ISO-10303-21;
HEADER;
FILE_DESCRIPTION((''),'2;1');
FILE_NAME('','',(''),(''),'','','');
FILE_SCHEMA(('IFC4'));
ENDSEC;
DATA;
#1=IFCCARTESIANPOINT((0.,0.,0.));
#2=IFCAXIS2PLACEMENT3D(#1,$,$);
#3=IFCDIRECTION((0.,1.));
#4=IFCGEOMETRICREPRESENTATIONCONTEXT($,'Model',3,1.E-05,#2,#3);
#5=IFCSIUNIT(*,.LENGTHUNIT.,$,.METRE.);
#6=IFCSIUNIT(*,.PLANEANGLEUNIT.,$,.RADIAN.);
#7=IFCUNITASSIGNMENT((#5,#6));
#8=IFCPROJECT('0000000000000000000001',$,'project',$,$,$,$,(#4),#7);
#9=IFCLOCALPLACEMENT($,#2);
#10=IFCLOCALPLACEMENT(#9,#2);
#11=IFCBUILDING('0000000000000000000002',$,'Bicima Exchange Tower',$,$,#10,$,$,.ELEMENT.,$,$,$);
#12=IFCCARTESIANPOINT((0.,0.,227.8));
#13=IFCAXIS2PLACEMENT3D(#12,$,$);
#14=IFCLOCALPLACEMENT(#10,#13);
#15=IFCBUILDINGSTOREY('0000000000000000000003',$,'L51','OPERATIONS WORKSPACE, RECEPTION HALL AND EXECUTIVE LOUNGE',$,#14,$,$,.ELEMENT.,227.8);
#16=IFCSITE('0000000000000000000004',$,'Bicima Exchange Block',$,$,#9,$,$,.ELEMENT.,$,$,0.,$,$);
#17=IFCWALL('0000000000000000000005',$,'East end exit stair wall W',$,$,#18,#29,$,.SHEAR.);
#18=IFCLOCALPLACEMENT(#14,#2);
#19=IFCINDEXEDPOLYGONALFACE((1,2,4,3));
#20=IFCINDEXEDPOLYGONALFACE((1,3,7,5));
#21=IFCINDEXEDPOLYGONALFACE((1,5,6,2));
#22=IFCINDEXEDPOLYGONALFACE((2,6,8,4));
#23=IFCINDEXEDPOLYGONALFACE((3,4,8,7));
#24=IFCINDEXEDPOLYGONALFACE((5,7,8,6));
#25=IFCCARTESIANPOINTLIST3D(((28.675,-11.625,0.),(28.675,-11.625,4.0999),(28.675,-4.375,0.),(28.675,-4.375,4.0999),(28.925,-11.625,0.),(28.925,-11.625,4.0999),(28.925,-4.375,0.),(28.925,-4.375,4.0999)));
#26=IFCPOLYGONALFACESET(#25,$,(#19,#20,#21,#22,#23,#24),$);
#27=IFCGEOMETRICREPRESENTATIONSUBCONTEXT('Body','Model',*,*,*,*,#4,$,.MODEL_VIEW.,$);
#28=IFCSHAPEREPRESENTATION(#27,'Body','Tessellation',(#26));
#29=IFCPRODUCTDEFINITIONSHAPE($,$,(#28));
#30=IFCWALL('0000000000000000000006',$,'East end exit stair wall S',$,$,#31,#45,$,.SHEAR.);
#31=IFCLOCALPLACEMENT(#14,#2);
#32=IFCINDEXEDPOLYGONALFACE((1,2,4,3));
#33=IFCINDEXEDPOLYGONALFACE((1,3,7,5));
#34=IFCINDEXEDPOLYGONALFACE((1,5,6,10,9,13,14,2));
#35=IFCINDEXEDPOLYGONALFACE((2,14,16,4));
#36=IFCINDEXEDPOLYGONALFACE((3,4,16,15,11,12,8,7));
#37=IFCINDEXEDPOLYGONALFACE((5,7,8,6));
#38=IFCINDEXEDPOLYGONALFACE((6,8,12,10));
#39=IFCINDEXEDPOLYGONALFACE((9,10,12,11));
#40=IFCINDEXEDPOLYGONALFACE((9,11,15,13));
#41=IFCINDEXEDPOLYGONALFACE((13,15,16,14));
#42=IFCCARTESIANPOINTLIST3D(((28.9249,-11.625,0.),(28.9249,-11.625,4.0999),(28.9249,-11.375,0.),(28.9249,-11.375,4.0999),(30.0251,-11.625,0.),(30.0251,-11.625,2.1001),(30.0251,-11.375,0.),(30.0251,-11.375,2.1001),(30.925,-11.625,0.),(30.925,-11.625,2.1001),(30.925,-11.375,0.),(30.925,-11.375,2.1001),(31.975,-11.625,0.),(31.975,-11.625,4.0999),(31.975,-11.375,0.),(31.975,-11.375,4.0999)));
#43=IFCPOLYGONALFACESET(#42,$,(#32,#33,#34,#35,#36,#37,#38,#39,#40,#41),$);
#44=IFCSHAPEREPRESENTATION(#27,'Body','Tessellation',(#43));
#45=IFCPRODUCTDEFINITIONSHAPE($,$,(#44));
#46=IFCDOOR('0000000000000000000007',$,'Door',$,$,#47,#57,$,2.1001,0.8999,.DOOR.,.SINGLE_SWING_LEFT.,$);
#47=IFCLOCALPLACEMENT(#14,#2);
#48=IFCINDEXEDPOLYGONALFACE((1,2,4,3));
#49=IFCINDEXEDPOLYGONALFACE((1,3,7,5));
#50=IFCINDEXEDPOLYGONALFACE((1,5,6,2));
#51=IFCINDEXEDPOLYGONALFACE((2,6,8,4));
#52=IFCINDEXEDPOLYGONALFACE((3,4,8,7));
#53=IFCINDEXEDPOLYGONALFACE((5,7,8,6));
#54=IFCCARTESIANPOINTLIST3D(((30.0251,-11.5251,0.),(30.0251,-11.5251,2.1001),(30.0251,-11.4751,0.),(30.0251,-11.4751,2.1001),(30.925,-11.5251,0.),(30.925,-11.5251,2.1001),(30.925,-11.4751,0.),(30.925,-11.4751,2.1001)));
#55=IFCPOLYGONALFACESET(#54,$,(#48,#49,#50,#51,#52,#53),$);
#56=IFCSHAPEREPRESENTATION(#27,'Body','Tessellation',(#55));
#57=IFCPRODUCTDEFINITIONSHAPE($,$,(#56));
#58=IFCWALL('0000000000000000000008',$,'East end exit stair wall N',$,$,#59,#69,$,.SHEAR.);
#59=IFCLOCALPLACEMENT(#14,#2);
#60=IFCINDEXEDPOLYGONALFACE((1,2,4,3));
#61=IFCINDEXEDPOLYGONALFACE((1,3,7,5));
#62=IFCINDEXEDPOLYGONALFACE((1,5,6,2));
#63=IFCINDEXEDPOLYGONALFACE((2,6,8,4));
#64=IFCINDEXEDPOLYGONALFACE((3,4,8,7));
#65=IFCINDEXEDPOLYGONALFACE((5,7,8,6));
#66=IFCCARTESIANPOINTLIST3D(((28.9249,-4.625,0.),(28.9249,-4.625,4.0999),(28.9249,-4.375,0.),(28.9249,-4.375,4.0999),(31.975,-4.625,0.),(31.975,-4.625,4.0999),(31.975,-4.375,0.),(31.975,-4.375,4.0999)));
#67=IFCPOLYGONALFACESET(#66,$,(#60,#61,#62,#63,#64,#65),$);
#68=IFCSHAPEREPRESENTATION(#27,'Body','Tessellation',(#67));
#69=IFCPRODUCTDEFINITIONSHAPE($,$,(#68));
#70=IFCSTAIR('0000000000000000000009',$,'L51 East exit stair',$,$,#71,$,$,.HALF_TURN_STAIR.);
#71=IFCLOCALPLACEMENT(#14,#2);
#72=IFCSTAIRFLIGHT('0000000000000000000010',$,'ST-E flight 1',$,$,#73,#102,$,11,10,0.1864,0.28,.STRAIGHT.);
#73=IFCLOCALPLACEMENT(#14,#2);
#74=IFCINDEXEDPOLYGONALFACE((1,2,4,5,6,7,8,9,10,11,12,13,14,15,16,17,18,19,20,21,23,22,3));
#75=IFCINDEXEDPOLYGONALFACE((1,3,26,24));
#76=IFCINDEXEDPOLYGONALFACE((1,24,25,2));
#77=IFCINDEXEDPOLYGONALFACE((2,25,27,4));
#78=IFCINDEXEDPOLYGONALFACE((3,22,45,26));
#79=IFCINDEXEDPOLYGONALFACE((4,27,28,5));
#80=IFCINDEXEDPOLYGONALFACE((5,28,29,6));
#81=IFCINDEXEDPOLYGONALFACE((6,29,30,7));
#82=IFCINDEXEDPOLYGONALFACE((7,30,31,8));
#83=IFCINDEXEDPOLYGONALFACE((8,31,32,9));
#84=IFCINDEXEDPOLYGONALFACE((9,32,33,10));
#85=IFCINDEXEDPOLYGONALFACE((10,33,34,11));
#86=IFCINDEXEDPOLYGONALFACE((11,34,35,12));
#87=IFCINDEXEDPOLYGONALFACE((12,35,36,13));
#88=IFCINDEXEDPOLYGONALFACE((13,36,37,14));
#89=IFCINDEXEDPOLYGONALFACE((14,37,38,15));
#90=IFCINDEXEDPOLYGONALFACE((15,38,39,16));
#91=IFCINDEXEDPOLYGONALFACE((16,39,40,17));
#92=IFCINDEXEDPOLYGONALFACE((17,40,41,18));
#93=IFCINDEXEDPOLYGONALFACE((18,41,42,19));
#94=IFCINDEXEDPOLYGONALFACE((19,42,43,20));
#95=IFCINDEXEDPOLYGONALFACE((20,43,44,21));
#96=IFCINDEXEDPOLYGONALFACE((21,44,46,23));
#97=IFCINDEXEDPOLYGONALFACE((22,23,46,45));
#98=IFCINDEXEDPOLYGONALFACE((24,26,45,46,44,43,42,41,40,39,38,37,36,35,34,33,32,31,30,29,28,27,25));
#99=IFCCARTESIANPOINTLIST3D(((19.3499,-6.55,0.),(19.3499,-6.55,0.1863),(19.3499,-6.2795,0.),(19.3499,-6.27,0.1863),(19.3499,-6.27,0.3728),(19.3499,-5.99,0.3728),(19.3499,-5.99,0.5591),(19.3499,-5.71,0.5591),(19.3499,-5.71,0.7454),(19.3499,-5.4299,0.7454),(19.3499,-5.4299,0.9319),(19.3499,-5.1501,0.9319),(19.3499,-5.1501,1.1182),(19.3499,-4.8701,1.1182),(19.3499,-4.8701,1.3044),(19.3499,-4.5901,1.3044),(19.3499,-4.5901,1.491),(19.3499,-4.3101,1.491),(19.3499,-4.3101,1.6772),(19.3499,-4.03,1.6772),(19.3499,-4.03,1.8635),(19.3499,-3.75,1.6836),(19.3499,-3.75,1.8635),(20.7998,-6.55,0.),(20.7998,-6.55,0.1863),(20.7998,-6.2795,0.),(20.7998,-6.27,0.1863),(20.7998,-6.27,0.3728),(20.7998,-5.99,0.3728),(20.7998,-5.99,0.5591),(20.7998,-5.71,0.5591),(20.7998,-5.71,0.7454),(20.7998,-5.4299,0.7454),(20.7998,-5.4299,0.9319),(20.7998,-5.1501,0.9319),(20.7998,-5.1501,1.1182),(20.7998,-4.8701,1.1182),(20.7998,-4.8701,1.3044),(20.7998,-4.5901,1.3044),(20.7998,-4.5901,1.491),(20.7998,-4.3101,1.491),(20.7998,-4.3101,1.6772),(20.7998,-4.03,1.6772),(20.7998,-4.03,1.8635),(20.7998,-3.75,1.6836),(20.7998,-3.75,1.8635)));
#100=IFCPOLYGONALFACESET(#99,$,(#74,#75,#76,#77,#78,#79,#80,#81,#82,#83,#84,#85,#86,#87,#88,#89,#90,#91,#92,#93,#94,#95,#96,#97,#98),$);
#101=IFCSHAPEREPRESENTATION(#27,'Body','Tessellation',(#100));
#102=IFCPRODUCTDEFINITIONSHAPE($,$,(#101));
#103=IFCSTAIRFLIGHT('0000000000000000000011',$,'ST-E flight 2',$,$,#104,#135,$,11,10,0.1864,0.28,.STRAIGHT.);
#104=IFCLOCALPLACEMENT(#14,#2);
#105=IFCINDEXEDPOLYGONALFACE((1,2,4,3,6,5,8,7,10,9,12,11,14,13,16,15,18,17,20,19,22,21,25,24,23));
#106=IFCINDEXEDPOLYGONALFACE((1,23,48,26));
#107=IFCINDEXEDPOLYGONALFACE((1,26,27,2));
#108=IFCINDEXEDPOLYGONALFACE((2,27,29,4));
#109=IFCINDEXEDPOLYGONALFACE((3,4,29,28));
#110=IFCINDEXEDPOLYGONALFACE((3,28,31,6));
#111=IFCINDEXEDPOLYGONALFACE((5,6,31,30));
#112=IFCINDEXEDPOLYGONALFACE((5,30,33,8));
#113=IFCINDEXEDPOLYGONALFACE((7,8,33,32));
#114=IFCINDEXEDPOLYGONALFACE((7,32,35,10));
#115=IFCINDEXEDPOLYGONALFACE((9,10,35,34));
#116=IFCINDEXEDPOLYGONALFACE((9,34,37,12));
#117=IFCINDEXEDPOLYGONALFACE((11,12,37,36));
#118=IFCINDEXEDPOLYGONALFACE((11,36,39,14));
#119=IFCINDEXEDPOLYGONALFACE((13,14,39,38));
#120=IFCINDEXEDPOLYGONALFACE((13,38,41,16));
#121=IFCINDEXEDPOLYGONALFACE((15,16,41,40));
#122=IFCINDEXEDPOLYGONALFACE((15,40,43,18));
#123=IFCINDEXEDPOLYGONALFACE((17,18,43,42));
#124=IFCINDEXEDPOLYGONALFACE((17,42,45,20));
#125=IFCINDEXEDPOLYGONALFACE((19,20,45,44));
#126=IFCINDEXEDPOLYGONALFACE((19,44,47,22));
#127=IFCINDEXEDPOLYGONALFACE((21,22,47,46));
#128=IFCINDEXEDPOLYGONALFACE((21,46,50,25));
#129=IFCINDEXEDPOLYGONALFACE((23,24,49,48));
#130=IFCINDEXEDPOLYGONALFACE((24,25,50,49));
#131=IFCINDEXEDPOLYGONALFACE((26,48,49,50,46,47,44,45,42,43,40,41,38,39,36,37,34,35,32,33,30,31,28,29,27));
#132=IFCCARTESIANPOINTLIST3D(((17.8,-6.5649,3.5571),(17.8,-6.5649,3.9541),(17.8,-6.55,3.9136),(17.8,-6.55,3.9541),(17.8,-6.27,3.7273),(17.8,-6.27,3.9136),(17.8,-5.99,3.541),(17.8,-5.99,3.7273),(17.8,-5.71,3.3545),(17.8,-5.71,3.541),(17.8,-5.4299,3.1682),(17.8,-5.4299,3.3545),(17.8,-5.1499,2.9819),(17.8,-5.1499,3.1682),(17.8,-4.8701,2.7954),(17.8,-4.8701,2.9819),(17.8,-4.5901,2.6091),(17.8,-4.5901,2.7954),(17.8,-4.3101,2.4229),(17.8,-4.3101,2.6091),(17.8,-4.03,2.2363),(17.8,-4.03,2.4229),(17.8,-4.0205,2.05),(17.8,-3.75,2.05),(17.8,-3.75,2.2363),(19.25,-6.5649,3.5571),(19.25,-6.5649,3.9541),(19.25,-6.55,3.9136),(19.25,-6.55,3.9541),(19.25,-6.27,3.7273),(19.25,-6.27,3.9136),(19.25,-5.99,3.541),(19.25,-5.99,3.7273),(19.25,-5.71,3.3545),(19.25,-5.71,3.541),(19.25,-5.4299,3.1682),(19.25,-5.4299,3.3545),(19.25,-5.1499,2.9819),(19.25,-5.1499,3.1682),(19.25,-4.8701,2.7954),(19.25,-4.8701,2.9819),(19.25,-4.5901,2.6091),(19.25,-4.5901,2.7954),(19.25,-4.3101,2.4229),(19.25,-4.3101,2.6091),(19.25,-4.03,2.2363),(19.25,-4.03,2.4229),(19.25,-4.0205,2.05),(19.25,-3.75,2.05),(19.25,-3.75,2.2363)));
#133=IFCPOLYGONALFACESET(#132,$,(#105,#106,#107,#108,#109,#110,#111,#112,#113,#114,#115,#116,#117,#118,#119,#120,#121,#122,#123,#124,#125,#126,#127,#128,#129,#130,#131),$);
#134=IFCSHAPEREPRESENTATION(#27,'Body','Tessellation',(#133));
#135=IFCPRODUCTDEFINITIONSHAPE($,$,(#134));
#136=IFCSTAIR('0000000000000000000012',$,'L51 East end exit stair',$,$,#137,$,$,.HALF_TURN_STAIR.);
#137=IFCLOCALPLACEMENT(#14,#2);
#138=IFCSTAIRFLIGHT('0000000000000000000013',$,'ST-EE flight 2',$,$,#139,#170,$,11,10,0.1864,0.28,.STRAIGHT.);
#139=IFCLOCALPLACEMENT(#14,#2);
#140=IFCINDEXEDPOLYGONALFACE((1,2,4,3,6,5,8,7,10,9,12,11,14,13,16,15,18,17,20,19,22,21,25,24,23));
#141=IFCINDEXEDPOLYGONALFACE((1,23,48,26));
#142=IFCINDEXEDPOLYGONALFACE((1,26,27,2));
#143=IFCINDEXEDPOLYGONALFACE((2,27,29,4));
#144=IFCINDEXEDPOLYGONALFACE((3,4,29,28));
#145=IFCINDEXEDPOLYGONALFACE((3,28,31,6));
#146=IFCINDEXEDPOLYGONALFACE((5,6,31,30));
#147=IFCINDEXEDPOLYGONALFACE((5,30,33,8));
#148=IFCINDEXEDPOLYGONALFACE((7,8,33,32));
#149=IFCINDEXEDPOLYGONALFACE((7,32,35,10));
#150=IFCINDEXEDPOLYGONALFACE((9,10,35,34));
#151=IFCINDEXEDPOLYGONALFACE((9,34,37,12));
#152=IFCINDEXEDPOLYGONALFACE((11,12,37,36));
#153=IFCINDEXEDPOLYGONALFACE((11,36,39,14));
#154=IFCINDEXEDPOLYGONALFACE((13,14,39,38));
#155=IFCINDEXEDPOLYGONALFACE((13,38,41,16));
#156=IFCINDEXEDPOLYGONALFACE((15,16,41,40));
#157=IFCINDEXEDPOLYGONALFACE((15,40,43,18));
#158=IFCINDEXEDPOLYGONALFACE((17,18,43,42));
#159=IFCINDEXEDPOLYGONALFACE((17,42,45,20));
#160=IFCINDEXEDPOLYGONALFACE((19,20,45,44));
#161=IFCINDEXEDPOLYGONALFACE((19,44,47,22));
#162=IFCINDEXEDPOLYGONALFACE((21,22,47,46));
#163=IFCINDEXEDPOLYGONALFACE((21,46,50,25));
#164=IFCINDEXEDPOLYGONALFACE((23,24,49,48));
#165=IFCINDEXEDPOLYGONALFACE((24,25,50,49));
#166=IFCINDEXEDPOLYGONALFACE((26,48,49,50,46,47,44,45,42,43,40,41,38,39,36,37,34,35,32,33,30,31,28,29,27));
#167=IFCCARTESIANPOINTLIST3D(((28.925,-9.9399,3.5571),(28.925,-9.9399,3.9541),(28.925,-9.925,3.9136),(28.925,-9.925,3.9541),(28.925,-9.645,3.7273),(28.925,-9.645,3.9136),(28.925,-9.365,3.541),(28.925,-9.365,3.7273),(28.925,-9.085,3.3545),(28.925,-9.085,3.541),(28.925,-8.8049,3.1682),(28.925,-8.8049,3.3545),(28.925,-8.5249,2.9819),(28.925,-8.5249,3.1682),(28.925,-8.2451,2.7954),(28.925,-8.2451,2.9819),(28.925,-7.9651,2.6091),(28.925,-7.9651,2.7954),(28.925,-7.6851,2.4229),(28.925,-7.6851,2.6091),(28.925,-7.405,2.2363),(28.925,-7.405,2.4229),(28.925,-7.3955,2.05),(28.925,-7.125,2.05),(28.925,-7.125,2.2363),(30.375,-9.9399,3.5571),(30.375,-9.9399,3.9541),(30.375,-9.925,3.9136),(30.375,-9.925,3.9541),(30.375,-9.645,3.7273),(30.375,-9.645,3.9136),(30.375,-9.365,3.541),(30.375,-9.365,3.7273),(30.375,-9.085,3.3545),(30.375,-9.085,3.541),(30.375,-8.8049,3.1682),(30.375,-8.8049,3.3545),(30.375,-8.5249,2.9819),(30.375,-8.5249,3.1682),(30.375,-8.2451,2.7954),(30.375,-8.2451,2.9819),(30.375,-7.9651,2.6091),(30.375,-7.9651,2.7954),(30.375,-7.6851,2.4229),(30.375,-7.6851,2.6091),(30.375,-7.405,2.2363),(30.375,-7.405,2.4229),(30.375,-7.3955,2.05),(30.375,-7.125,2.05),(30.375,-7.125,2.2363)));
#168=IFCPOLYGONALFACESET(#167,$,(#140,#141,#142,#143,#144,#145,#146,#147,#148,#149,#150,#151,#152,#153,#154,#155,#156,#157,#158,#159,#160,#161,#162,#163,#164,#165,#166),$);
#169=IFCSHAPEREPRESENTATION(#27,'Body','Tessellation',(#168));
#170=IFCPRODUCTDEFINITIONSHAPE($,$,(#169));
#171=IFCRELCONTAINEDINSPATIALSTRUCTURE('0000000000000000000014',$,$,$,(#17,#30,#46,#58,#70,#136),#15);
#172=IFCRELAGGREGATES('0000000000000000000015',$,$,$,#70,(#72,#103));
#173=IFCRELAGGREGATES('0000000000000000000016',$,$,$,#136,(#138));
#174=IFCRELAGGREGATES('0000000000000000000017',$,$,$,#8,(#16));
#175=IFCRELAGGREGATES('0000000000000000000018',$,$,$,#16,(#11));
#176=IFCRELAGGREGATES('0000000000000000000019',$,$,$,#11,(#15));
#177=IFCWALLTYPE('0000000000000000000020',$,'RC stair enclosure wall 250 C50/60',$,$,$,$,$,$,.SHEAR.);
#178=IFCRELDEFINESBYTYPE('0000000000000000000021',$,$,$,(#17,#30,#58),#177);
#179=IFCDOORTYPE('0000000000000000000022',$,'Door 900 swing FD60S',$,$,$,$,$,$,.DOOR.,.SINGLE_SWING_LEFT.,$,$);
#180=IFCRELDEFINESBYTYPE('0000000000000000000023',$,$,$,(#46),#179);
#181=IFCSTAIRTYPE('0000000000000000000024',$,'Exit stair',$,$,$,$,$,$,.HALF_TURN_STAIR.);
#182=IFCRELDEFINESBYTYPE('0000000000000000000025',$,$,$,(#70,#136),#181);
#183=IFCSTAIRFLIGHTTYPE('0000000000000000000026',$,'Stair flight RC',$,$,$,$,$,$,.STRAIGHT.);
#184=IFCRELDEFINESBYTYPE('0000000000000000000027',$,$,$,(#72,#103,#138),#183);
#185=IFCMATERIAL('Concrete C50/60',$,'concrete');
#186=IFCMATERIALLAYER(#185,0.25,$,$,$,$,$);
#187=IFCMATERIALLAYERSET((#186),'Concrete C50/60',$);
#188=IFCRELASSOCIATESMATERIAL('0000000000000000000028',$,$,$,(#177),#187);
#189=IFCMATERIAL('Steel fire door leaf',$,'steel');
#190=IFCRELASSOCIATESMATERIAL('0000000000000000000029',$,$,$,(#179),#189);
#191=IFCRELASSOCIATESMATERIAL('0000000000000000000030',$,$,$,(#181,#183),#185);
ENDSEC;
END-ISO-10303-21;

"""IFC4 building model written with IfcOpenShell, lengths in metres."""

from ifc_helpers import new_model, si_unit, direction, frame, frame_2d, origin, place, context, subcontext, project, spatial, polyline, rectangle, outline, extrude, material, layer, layer_set, type_object, element, fill, aggregate, save


model = new_model("IFC4")

# Units and contexts
model_context = context("Model", 3, precision=1e-05, world=origin(), true_north=direction((0.0, 1.0)))
body_context = subcontext(model_context, "Body", "Model", "MODEL_VIEW")
ifc_project = project(units=[si_unit("LENGTHUNIT", "METRE"), si_unit("PLANEANGLEUNIT", "RADIAN")], contexts=[model_context])

# Site, building, storey
site_placement = place(None, origin())
site = spatial("IfcSite", under=ifc_project, at=site_placement, Name="Bicima Exchange Block", CompositionType="ELEMENT", RefElevation=0.0)
building_placement = place(site_placement, origin())
building = spatial("IfcBuilding", under=site, at=building_placement, Name="Bicima Exchange Tower", CompositionType="ELEMENT")
storey_placement = place(building_placement, frame((0.0, 0.0, 227.8)))
storey = spatial("IfcBuildingStorey", under=building, at=storey_placement, Name="L51", Description="OPERATIONS WORKSPACE, RECEPTION HALL AND EXECUTIVE LOUNGE", CompositionType="ELEMENT", Elevation=227.8)

# Shared definitions
ifc_material_1 = material(Name="Concrete C50/60", Category="concrete")

# Shared definitions
ifc_material_2 = material(Name="Steel fire door leaf", Category="steel")

# Wall
ifc_layer_1 = layer(ifc_material_1, 0.25)
ifc_layer_set_1 = layer_set([ifc_layer_1], Name="Concrete C50/60")
wall_type_1 = type_object("IfcWallType", Name="RC stair enclosure wall 250 C50/60", PredefinedType="SHEAR", material=ifc_layer_set_1)
wall_1_placement = place(storey_placement, frame((28.8, -11.625, 0.0), z_axis=(0.0, 0.0, 1.0), x_axis=(0.0, 1.0, 0.0)))
element("IfcWall", 1, at=wall_1_placement, inside=storey, type_object=wall_type_1, Name="East end exit stair wall W", PredefinedType="SHEAR", context=body_context, shape_type="SweptSolid", body=[
    extrude(rectangle(XDim=7.25, YDim=0.25, at=frame_2d((3.625, 0.0))), origin(), (0.0, 0.0, 1.0), 4.0999),
])

# Wall, opening, door
wall_2_placement = place(storey_placement, frame((28.925, -11.5, 0.0), z_axis=(0.0, 0.0, 1.0), x_axis=(1.0, 0.0, 0.0)))
wall_2 = element("IfcWall", 2, at=wall_2_placement, inside=storey, type_object=wall_type_1, Name="East end exit stair wall S", PredefinedType="SHEAR", context=body_context, shape_type="SweptSolid", body=[
    extrude(rectangle(XDim=3.05, YDim=0.25, at=frame_2d((1.5249, 0.0))), origin(), (0.0, 0.0, 1.0), 4.0999),
])
opening_1_placement = place(wall_2_placement, frame((1.1001, 0.0, 0.0)))
opening_1 = element("IfcOpeningElement", 3, at=opening_1_placement, cuts=wall_2, PredefinedType="OPENING", context=body_context, shape_type="SweptSolid", body=[
    extrude(rectangle(XDim=0.8999, YDim=2.1001, at=frame_2d((0.45, 1.05))), frame((0.0, 0.137, 0.0), z_axis=(0.0, -1.0, 0.0), x_axis=(1.0, 0.0, 0.0)), (0.0, 0.0, 1.0), 0.2739),
])
door_type_1 = type_object("IfcDoorType", Name="Door 900 swing FD60S", OperationType="SINGLE_SWING_LEFT", PredefinedType="DOOR", material=ifc_material_2)
door_1_placement = place(opening_1_placement, origin())
door_1 = element("IfcDoor", 4, at=door_1_placement, inside=storey, type_object=door_type_1, Name="Door", OperationType="SINGLE_SWING_LEFT", OverallHeight=2.1001, OverallWidth=0.8999, PredefinedType="DOOR", context=body_context, shape_type="SweptSolid", body=[
    extrude(rectangle(XDim=0.8999, YDim=2.1001, at=frame_2d((0.45, 1.05))), frame((0.0, 0.0249, 0.0), z_axis=(0.0, -1.0, 0.0), x_axis=(1.0, 0.0, 0.0)), (0.0, 0.0, 1.0), 0.05),
])
fill(opening_1, door_1)

# Wall
wall_3_placement = place(storey_placement, frame((28.925, -4.5, 0.0), z_axis=(0.0, 0.0, 1.0), x_axis=(1.0, 0.0, 0.0)))
element("IfcWall", 5, at=wall_3_placement, inside=storey, type_object=wall_type_1, Name="East end exit stair wall N", PredefinedType="SHEAR", context=body_context, shape_type="SweptSolid", body=[
    extrude(rectangle(XDim=3.05, YDim=0.25, at=frame_2d((1.5249, 0.0))), origin(), (0.0, 0.0, 1.0), 4.0999),
])

# Stair, stair flights
stair_type = type_object("IfcStairType", Name="Exit stair", PredefinedType="HALF_TURN_STAIR", material=ifc_material_1)
stair_1_placement = place(storey_placement, origin())
stair_1 = element("IfcStair", 6, at=stair_1_placement, inside=storey, type_object=stair_type, Name="L51 East exit stair", PredefinedType="HALF_TURN_STAIR")
stair_flight_type = type_object("IfcStairFlightType", Name="Stair flight RC", PredefinedType="STRAIGHT", material=ifc_material_1)
stair_flight_1_placement = place(storey_placement, frame((20.075, -6.55, 0.0), z_axis=(0.0, 0.0, 1.0), x_axis=(0.0, 1.0, 0.0)))
stair_flight_1 = element("IfcStairFlight", 7, at=stair_flight_1_placement, type_object=stair_flight_type, Name="ST-E flight 1", NumberOfRisers=11, NumberOfTreads=10, PredefinedType="STRAIGHT", RiserHeight=0.1864, TreadLength=0.28, context=body_context, shape_type="SweptSolid", body=[
    extrude(outline(polyline([(0.0, 0.0), (0.0, 0.1863), (0.28, 0.1863), (0.28, 0.3728), (0.5601, 0.3728), (0.5601, 0.5591), (0.8401, 0.5591), (0.8401, 0.7454), (1.1201, 0.7454), (1.1201, 0.9319), (1.3999, 0.9319), (1.3999, 1.1182), (1.6799, 1.1182), (1.6799, 1.3044), (1.96, 1.3044), (1.96, 1.491), (2.24, 1.491), (2.24, 1.6772), (2.52, 1.6772), (2.52, 1.8635), (2.8, 1.8635), (2.8, 2.05), (2.8, 1.6836), (0.2705, 0.0), (0.0, 0.0)])), frame((0.0, 0.7251, 0.0), z_axis=(0.0, -1.0, 0.0), x_axis=(1.0, 0.0, 0.0)), (0.0, 0.0, 1.0), 1.45),
])
stair_flight_2_placement = place(storey_placement, frame((18.5249, -3.75, 2.05), z_axis=(0.0, 0.0, 1.0), x_axis=(0.0, -1.0, 0.0)))
stair_flight_2 = element("IfcStairFlight", 8, at=stair_flight_2_placement, type_object=stair_flight_type, Name="ST-E flight 2", NumberOfRisers=11, NumberOfTreads=10, PredefinedType="STRAIGHT", RiserHeight=0.1864, TreadLength=0.28, context=body_context, shape_type="SweptSolid", body=[
    extrude(outline(polyline([(0.0, 0.0), (0.0, 0.1863), (0.28, 0.1863), (0.28, 0.3728), (0.5601, 0.3728), (0.5601, 0.5591), (0.8401, 0.5591), (0.8401, 0.7454), (1.1201, 0.7454), (1.1201, 0.9319), (1.3999, 0.9319), (1.3999, 1.1182), (1.6799, 1.1182), (1.6799, 1.3044), (1.96, 1.3044), (1.96, 1.491), (2.24, 1.491), (2.24, 1.6772), (2.52, 1.6772), (2.52, 1.8635), (2.8, 1.8635), (2.8, 1.9041), (2.8149, 1.9041), (2.8149, 1.5071), (0.2705, 0.0), (0.0, 0.0)])), frame((0.0, 0.7251, 0.0), z_axis=(0.0, -1.0, 0.0), x_axis=(1.0, 0.0, 0.0)), (0.0, 0.0, 1.0), 1.45),
])
aggregate(stair_1, [stair_flight_1, stair_flight_2])

# Stair, stair flight
stair_2_placement = place(storey_placement, origin())
stair_2 = element("IfcStair", 9, at=stair_2_placement, inside=storey, type_object=stair_type, Name="L51 East end exit stair", PredefinedType="HALF_TURN_STAIR")
stair_flight_3_placement = place(storey_placement, frame((29.6499, -7.125, 2.05), z_axis=(0.0, 0.0, 1.0), x_axis=(0.0, -1.0, 0.0)))
stair_flight_3 = element("IfcStairFlight", 10, at=stair_flight_3_placement, type_object=stair_flight_type, Name="ST-EE flight 2", NumberOfRisers=11, NumberOfTreads=10, PredefinedType="STRAIGHT", RiserHeight=0.1864, TreadLength=0.28, context=body_context, shape_type="SweptSolid", body=[
    extrude(outline(polyline([(0.0, 0.0), (0.0, 0.1863), (0.28, 0.1863), (0.28, 0.3728), (0.5601, 0.3728), (0.5601, 0.5591), (0.8401, 0.5591), (0.8401, 0.7454), (1.1201, 0.7454), (1.1201, 0.9319), (1.3999, 0.9319), (1.3999, 1.1182), (1.6799, 1.1182), (1.6799, 1.3044), (1.96, 1.3044), (1.96, 1.491), (2.24, 1.491), (2.24, 1.6772), (2.52, 1.6772), (2.52, 1.8635), (2.8, 1.8635), (2.8, 1.9041), (2.8149, 1.9041), (2.8149, 1.5071), (0.2705, 0.0), (0.0, 0.0)])), frame((0.0, 0.7251, 0.0), z_axis=(0.0, -1.0, 0.0), x_axis=(1.0, 0.0, 0.0)), (0.0, 0.0, 1.0), 1.45),
])
aggregate(stair_2, [stair_flight_3])

save(model, "model.ifc")
